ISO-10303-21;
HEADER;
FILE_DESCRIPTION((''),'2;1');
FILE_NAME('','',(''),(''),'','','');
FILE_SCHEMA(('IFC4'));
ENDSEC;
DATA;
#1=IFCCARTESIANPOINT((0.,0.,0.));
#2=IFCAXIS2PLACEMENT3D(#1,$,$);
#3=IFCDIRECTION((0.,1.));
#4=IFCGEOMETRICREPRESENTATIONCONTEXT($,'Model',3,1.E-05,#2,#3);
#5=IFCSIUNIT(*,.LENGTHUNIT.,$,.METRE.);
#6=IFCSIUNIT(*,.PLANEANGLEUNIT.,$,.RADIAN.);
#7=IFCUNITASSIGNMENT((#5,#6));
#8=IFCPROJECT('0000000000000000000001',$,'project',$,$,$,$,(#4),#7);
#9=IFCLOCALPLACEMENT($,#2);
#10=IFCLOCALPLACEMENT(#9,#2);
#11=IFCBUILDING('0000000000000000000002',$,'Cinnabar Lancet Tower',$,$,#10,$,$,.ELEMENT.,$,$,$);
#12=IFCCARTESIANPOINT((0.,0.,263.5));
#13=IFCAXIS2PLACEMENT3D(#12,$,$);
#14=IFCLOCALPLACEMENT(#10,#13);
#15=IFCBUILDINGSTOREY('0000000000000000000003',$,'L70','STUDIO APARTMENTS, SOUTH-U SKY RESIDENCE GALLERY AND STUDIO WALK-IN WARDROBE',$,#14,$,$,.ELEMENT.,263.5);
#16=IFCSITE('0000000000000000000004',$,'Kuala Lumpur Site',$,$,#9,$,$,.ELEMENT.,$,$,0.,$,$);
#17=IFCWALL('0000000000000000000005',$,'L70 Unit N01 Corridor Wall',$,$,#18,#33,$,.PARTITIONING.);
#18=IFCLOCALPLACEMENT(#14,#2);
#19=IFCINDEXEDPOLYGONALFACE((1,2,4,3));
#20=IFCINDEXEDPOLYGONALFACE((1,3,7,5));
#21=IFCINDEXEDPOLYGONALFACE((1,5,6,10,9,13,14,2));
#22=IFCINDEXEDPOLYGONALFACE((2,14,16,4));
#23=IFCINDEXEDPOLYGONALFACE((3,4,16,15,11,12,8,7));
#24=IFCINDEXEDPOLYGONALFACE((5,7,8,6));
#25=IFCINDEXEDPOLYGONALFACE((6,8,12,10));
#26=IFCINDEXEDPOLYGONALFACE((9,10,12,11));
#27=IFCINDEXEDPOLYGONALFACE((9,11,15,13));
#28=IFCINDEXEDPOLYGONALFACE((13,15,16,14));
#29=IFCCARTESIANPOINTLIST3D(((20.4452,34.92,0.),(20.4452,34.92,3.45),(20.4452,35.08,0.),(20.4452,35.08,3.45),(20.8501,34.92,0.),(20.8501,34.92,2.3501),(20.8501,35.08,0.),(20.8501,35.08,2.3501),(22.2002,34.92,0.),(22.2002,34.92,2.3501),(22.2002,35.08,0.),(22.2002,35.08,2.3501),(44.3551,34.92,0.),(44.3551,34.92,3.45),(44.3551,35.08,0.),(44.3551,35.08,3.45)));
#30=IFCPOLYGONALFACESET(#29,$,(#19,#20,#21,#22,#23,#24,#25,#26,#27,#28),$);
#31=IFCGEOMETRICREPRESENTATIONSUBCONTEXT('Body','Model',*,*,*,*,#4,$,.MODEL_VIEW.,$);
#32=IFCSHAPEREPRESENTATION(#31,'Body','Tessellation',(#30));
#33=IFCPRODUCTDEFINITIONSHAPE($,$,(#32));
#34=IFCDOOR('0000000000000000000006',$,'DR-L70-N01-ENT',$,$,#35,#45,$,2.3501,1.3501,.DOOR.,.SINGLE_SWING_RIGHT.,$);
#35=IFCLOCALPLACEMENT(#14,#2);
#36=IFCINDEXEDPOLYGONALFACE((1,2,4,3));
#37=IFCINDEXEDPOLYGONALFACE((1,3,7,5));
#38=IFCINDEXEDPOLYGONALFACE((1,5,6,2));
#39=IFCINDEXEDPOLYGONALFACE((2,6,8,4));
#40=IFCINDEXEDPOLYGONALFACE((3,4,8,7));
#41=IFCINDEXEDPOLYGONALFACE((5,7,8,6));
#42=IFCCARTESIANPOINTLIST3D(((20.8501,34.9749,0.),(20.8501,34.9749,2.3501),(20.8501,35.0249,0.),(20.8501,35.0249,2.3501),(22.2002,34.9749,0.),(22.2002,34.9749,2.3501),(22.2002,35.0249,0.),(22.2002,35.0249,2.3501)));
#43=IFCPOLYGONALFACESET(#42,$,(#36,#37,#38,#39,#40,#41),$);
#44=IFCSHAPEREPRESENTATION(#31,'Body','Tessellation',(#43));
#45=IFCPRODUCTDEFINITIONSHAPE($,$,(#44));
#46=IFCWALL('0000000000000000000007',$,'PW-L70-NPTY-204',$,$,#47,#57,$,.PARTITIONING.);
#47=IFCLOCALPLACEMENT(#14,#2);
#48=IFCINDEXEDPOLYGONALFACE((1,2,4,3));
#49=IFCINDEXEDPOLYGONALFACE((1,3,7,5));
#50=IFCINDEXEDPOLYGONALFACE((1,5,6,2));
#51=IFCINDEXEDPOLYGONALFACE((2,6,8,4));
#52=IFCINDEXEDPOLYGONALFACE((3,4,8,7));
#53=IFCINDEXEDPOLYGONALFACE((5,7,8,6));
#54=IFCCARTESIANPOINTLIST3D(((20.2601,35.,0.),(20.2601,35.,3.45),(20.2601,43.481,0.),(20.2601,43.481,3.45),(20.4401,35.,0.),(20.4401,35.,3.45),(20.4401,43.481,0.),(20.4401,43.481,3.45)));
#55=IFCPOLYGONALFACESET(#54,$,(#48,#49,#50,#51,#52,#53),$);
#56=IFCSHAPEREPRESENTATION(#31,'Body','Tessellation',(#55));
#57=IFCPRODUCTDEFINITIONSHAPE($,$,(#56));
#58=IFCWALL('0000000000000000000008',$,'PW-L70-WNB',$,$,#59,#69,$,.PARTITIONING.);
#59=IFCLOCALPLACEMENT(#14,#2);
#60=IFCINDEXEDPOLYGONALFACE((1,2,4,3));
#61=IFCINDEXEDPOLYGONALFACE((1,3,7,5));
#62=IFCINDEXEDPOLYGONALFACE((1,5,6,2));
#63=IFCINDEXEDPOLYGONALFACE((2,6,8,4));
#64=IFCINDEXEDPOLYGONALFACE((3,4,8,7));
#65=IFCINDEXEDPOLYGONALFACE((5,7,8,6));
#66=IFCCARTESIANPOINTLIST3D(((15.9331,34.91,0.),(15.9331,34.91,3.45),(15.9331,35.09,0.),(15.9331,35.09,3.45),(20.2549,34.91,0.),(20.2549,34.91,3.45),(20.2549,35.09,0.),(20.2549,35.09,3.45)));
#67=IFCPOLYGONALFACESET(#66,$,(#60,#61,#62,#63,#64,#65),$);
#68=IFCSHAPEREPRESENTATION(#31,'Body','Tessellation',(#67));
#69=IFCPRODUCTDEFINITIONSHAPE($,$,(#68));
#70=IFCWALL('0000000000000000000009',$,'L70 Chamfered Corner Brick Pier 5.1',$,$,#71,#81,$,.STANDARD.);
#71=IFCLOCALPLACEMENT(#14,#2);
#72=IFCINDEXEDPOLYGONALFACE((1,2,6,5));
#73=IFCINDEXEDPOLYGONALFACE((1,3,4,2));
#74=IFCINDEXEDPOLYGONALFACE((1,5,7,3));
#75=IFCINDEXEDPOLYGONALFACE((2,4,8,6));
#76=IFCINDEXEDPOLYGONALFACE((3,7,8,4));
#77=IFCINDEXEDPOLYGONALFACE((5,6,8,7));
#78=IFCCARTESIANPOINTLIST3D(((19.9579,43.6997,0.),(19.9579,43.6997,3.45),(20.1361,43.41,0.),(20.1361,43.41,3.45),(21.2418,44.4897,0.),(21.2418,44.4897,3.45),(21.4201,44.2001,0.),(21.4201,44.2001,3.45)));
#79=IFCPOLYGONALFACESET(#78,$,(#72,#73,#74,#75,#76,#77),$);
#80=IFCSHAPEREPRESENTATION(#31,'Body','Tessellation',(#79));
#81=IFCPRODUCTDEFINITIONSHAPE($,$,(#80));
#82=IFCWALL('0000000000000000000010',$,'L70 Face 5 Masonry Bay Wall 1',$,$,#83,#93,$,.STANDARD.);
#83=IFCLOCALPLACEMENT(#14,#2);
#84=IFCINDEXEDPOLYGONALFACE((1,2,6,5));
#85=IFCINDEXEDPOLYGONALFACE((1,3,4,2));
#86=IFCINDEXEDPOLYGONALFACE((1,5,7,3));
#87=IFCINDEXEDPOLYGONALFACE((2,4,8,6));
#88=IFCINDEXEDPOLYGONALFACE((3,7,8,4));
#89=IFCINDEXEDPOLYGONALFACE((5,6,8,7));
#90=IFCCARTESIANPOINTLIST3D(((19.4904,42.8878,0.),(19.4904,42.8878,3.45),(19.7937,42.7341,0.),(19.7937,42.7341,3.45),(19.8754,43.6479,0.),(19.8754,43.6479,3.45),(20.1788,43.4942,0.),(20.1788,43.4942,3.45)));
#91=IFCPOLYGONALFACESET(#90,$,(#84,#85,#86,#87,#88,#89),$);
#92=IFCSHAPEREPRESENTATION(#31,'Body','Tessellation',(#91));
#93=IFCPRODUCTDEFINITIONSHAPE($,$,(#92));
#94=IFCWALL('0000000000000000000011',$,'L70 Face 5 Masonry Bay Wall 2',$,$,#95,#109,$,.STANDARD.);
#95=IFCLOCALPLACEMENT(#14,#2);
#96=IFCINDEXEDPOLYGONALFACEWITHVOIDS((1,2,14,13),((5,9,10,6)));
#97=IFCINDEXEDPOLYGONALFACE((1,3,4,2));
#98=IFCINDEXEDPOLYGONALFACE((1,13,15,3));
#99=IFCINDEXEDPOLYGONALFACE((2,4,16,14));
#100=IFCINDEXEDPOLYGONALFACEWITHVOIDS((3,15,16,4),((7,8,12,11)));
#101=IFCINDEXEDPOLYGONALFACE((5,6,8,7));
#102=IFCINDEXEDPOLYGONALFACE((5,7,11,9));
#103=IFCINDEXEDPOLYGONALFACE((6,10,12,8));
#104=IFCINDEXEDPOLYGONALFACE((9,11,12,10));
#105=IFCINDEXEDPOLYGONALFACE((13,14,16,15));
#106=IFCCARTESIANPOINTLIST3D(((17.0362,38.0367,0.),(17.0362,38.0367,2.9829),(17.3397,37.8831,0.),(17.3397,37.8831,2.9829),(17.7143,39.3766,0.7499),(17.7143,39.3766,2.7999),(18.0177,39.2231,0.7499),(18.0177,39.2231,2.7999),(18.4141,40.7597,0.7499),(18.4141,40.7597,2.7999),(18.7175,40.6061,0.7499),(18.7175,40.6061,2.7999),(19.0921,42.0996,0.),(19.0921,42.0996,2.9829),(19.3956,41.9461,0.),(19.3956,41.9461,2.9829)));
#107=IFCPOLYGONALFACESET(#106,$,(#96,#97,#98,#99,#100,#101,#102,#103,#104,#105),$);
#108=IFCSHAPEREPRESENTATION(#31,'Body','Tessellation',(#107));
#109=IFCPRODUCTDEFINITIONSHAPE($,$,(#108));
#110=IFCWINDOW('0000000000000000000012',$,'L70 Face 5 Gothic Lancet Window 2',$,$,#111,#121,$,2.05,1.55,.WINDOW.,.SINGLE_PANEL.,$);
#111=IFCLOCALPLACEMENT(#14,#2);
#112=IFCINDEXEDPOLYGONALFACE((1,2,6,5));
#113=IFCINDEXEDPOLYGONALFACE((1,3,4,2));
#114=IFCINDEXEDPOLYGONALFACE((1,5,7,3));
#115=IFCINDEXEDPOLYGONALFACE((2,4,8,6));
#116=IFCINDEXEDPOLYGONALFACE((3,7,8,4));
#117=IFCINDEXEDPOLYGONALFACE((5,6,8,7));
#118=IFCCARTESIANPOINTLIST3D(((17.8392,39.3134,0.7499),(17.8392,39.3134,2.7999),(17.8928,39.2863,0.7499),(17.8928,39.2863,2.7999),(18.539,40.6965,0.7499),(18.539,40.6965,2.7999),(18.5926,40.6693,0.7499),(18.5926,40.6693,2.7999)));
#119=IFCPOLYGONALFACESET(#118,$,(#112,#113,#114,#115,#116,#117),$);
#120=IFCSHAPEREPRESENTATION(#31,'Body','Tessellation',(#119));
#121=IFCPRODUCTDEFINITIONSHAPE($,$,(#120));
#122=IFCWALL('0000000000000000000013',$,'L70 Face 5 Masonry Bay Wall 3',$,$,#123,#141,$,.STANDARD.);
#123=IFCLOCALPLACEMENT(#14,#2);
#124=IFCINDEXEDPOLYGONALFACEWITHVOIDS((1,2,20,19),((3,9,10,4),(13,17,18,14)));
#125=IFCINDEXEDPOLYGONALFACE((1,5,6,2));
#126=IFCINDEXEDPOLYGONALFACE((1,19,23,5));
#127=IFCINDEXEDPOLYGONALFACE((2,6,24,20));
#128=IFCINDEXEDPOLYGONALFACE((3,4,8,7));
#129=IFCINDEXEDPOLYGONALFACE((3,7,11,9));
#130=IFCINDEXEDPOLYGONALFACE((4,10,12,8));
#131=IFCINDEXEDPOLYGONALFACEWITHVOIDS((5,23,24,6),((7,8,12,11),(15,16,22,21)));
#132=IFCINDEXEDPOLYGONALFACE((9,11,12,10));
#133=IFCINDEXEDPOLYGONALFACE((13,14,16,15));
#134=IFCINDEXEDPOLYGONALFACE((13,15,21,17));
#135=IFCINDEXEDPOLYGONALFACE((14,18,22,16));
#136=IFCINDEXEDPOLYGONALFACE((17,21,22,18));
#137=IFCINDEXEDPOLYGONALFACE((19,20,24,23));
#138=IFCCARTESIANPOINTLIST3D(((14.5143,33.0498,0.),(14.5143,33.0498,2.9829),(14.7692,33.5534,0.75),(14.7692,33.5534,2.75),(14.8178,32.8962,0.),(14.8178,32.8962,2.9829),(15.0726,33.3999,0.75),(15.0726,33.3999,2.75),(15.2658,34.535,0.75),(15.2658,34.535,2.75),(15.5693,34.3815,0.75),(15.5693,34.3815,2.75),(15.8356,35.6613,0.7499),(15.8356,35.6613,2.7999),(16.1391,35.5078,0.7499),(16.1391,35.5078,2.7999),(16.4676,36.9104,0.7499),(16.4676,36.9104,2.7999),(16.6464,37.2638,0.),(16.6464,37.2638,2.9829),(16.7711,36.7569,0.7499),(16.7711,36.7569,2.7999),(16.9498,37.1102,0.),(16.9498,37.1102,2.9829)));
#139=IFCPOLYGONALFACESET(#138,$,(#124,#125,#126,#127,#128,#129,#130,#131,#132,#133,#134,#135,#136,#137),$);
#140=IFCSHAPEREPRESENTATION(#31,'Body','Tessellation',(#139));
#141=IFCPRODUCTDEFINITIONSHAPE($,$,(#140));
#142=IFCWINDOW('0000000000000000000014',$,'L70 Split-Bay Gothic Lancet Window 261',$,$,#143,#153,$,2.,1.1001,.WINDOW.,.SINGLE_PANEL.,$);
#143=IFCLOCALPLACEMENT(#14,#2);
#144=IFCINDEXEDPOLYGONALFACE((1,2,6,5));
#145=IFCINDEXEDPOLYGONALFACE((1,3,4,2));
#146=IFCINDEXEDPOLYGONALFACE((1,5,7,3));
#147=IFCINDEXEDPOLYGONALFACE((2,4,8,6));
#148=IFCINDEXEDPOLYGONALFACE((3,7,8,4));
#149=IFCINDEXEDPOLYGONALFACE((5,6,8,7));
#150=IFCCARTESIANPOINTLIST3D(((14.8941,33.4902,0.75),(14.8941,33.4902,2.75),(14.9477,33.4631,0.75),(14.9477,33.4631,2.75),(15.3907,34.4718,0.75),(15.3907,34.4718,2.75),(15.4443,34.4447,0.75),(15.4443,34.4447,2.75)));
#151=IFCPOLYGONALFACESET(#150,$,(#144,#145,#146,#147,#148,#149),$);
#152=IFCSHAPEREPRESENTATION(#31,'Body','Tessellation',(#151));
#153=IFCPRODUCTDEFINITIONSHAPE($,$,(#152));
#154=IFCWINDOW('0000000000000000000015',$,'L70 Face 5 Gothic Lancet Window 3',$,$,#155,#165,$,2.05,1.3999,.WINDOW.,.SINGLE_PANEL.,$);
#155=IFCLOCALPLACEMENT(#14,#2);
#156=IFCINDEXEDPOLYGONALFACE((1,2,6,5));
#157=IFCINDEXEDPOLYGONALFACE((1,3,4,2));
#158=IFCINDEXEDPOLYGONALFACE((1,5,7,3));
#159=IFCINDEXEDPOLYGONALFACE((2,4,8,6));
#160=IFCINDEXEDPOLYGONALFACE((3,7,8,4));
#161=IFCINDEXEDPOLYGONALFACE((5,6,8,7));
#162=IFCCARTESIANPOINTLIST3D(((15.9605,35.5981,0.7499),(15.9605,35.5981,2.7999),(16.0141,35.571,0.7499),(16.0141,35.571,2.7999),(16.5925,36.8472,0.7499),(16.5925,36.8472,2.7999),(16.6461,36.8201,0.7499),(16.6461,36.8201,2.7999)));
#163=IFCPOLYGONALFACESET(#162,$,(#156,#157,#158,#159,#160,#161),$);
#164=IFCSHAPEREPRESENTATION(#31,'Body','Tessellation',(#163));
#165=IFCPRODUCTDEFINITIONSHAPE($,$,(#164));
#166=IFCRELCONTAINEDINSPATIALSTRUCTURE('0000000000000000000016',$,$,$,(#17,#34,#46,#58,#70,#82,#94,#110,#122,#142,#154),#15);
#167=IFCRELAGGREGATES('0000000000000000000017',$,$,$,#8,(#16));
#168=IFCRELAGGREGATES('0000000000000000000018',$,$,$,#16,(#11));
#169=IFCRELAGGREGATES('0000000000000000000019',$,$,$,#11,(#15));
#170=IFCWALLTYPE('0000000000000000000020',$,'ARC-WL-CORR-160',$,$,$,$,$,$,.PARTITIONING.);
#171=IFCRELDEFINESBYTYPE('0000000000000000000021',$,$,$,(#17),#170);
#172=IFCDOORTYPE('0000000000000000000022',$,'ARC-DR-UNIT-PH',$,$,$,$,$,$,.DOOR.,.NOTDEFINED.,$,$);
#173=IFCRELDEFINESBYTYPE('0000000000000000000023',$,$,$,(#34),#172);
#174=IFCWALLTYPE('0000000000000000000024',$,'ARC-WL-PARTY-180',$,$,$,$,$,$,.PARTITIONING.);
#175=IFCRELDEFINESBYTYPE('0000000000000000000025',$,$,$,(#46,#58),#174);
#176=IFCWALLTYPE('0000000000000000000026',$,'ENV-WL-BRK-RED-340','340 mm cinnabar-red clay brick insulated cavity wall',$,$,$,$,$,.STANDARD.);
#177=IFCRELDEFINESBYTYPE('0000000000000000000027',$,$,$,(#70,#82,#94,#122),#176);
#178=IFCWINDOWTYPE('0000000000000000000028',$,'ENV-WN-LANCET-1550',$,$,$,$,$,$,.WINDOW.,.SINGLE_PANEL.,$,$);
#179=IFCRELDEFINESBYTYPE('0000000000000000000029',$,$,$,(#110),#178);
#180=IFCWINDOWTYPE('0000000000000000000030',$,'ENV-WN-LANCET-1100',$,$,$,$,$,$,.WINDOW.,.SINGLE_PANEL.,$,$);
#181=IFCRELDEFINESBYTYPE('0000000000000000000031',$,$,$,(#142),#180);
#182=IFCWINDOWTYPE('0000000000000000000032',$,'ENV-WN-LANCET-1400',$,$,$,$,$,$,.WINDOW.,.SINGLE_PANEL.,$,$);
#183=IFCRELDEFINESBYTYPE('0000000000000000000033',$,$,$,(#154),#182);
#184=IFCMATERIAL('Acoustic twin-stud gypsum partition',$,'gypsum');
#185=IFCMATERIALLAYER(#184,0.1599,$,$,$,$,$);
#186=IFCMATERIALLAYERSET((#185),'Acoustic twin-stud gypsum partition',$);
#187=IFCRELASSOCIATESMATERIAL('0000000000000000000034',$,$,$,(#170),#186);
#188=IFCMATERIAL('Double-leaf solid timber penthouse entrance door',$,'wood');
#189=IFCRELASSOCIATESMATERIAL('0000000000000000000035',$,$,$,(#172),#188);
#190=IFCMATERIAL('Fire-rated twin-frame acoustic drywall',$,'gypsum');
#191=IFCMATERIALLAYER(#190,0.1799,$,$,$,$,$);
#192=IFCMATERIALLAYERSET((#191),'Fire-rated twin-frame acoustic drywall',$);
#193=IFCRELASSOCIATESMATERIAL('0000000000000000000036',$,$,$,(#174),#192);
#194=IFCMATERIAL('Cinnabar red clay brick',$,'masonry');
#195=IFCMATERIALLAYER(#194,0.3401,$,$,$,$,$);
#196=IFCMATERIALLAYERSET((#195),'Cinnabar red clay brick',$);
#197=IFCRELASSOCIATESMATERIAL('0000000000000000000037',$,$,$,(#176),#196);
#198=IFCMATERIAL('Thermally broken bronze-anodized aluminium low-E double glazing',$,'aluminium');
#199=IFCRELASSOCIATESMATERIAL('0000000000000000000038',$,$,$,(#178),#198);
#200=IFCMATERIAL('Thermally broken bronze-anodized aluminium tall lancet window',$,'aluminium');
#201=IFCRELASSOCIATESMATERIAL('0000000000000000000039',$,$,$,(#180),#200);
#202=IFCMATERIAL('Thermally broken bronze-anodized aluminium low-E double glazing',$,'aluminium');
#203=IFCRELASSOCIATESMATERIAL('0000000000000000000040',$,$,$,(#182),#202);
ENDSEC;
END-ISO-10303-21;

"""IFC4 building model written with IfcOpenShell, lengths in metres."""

from ifc_helpers import new_model, si_unit, direction, frame, frame_2d, origin, place, context, subcontext, project, spatial, rectangle, extrude, material, layer, layer_set, type_object, element, fill, save


model = new_model("IFC4")

# Units and contexts
model_context = context("Model", 3, precision=1e-05, world=origin(), true_north=direction((0.0, 1.0)))
body_context = subcontext(model_context, "Body", "Model", "MODEL_VIEW")
ifc_project = project(units=[si_unit("LENGTHUNIT", "METRE"), si_unit("PLANEANGLEUNIT", "RADIAN")], contexts=[model_context])

# Site, building, storey
site_placement = place(None, origin())
site = spatial("IfcSite", under=ifc_project, at=site_placement, Name="Kuala Lumpur Site", CompositionType="ELEMENT", RefElevation=0.0)
building_placement = place(site_placement, origin())
building = spatial("IfcBuilding", under=site, at=building_placement, Name="Cinnabar Lancet Tower", CompositionType="ELEMENT")
storey_placement = place(building_placement, frame((0.0, 0.0, 263.5)))
storey = spatial("IfcBuildingStorey", under=building, at=storey_placement, Name="L70", Description="STUDIO APARTMENTS, SOUTH-U SKY RESIDENCE GALLERY AND STUDIO WALK-IN WARDROBE", CompositionType="ELEMENT", Elevation=263.5)

# Wall, opening, door
ifc_material_1 = material(Name="Acoustic twin-stud gypsum partition", Category="gypsum")
ifc_layer_1 = layer(ifc_material_1, 0.1599)
ifc_layer_set_1 = layer_set([ifc_layer_1], Name="Acoustic twin-stud gypsum partition")
wall_type_1 = type_object("IfcWallType", Name="ARC-WL-CORR-160", PredefinedType="PARTITIONING", material=ifc_layer_set_1)
wall_1_placement = place(storey_placement, frame((20.4451, 35.0, 0.0), z_axis=(0.0, 0.0, 1.0), x_axis=(1.0, 0.0, 0.0)))
wall_1 = element("IfcWall", 1, at=wall_1_placement, inside=storey, type_object=wall_type_1, Name="L70 Unit N01 Corridor Wall", PredefinedType="PARTITIONING", context=body_context, shape_type="SweptSolid", body=[
    extrude(rectangle(XDim=23.9099, YDim=0.1599, at=frame_2d((11.9551, 0.0))), origin(), (0.0, 0.0, 1.0), 3.45),
])
opening_1_placement = place(wall_1_placement, frame((0.405, 0.0, 0.0)))
opening_1 = element("IfcOpeningElement", 2, at=opening_1_placement, cuts=wall_1, PredefinedType="OPENING", context=body_context, shape_type="SweptSolid", body=[
    extrude(rectangle(XDim=1.3501, YDim=2.3501, at=frame_2d((0.675, 1.175))), frame((0.0, 0.0898, 0.0), z_axis=(0.0, -1.0, 0.0), x_axis=(1.0, 0.0, 0.0)), (0.0, 0.0, 1.0), 0.1799),
])
ifc_material_2 = material(Name="Double-leaf solid timber penthouse entrance door", Category="wood")
door_type = type_object("IfcDoorType", Name="ARC-DR-UNIT-PH", OperationType="NOTDEFINED", PredefinedType="DOOR", material=ifc_material_2)
door_placement = place(opening_1_placement, origin())
door = element("IfcDoor", 3, at=door_placement, inside=storey, type_object=door_type, Name="DR-L70-N01-ENT", OperationType="SINGLE_SWING_RIGHT", OverallHeight=2.3501, OverallWidth=1.3501, PredefinedType="DOOR", context=body_context, shape_type="SweptSolid", body=[
    extrude(rectangle(XDim=1.3501, YDim=2.3501, at=frame_2d((0.675, 1.175))), frame((0.0, 0.0249, 0.0), z_axis=(0.0, -1.0, 0.0), x_axis=(1.0, 0.0, 0.0)), (0.0, 0.0, 1.0), 0.05),
])
fill(opening_1, door)

# Walls
ifc_material_3 = material(Name="Fire-rated twin-frame acoustic drywall", Category="gypsum")
ifc_layer_2 = layer(ifc_material_3, 0.1799)
ifc_layer_set_2 = layer_set([ifc_layer_2], Name="Fire-rated twin-frame acoustic drywall")
wall_type_2 = type_object("IfcWallType", Name="ARC-WL-PARTY-180", PredefinedType="PARTITIONING", material=ifc_layer_set_2)
wall_2_placement = place(storey_placement, frame((20.3501, 35.0, 0.0), z_axis=(0.0, 0.0, 1.0), x_axis=(0.0, 1.0, 0.0)))
element("IfcWall", 4, at=wall_2_placement, inside=storey, type_object=wall_type_2, Name="PW-L70-NPTY-204", PredefinedType="PARTITIONING", context=body_context, shape_type="SweptSolid", body=[
    extrude(rectangle(XDim=8.481, YDim=0.1799, at=frame_2d((4.2405, 0.0))), origin(), (0.0, 0.0, 1.0), 3.45),
])
wall_3_placement = place(storey_placement, frame((15.9331, 35.0, 0.0), z_axis=(0.0, 0.0, 1.0), x_axis=(1.0, 0.0, 0.0)))
element("IfcWall", 5, at=wall_3_placement, inside=storey, type_object=wall_type_2, Name="PW-L70-WNB", PredefinedType="PARTITIONING", context=body_context, shape_type="SweptSolid", body=[
    extrude(rectangle(XDim=4.3218, YDim=0.1799, at=frame_2d((2.1609, 0.0))), origin(), (0.0, 0.0, 1.0), 3.45),
])
ifc_material_4 = material(Name="Cinnabar red clay brick", Category="masonry")
ifc_layer_3 = layer(ifc_material_4, 0.3401)
ifc_layer_set_3 = layer_set([ifc_layer_3], Name="Cinnabar red clay brick")
wall_type_3 = type_object("IfcWallType", Name="ENV-WL-BRK-RED-340", Description="340 mm cinnabar-red clay brick insulated cavity wall", PredefinedType="STANDARD", material=ifc_layer_set_3)
wall_4_placement = place(storey_placement, frame((21.3311, 44.345, 0.0), z_axis=(0.0, 0.0, 1.0), x_axis=(-0.851681, -0.524061, 0.0)))
element("IfcWall", 6, at=wall_4_placement, inside=storey, type_object=wall_type_3, Name="L70 Chamfered Corner Brick Pier 5.1", PredefinedType="STANDARD", context=body_context, shape_type="SweptSolid", body=[
    extrude(rectangle(XDim=1.5076, YDim=0.3401, at=frame_2d((0.7539, 0.0))), origin(), (0.0, 0.0, 1.0), 3.45),
])
wall_5_placement = place(storey_placement, frame((20.0271, 43.571, 0.0), z_axis=(0.0, 0.0, 1.0), x_axis=(-0.451907, -0.892065, 0.0)))
element("IfcWall", 7, at=wall_5_placement, inside=storey, type_object=wall_type_3, Name="L70 Face 5 Masonry Bay Wall 1", PredefinedType="STANDARD", context=body_context, shape_type="SweptSolid", body=[
    extrude(rectangle(XDim=0.8521, YDim=0.3401, at=frame_2d((0.426, 0.0))), origin(), (0.0, 0.0, 1.0), 3.45),
])

# Wall, opening, window
wall_6_placement = place(storey_placement, frame((19.2439, 42.0229, 0.0), z_axis=(0.0, 0.0, 1.0), x_axis=(-0.451498, -0.892272, 0.0)))
wall_6 = element("IfcWall", 8, at=wall_6_placement, inside=storey, type_object=wall_type_3, Name="L70 Face 5 Masonry Bay Wall 2", PredefinedType="STANDARD", context=body_context, shape_type="SweptSolid", body=[
    extrude(rectangle(XDim=4.5535, YDim=0.3401, at=frame_2d((2.2769, 0.0))), origin(), (0.0, 0.0, 1.0), 2.9829),
])
opening_2_placement = place(wall_6_placement, frame((1.502, 0.0, 0.75)))
opening_2 = element("IfcOpeningElement", 9, at=opening_2_placement, cuts=wall_6, PredefinedType="OPENING", context=body_context, shape_type="SweptSolid", body=[
    extrude(rectangle(XDim=1.55, YDim=2.05, at=frame_2d((0.7749, 1.0249))), frame((0.0, 0.1799, 0.0), z_axis=(0.0, -1.0, 0.0), x_axis=(1.0, 0.0, 0.0)), (0.0, 0.0, 1.0), 0.3601),
])
ifc_material_5 = material(Name="Thermally broken bronze-anodized aluminium low-E double glazing", Category="aluminium")
window_type_1 = type_object("IfcWindowType", Name="ENV-WN-LANCET-1550", PartitioningType="SINGLE_PANEL", PredefinedType="WINDOW", material=ifc_material_5)
window_1_placement = place(opening_2_placement, origin())
window_1 = element("IfcWindow", 10, at=window_1_placement, inside=storey, type_object=window_type_1, Name="L70 Face 5 Gothic Lancet Window 2", OverallHeight=2.05, OverallWidth=1.55, PartitioningType="SINGLE_PANEL", PredefinedType="WINDOW", context=body_context, shape_type="SweptSolid", body=[
    extrude(rectangle(XDim=1.55, YDim=2.05, at=frame_2d((0.7749, 1.0249))), frame((0.0, 0.03, 0.0), z_axis=(0.0, -1.0, 0.0), x_axis=(1.0, 0.0, 0.0)), (0.0, 0.0, 1.0), 0.0601),
])
fill(opening_2, window_1)

# Wall, openings, windows
wall_7_placement = place(storey_placement, frame((16.7981, 37.187, 0.0), z_axis=(0.0, 0.0, 1.0), x_axis=(-0.451448, -0.892298, 0.0)))
wall_7 = element("IfcWall", 11, at=wall_7_placement, inside=storey, type_object=wall_type_3, Name="L70 Face 5 Masonry Bay Wall 3", PredefinedType="STANDARD", context=body_context, shape_type="SweptSolid", body=[
    extrude(rectangle(XDim=4.7227, YDim=0.3401, at=frame_2d((2.3613, 0.0))), origin(), (0.0, 0.0, 1.0), 2.9829),
])
opening_3_placement = place(wall_7_placement, frame((0.396, 0.0, 0.75)))
opening_3 = element("IfcOpeningElement", 12, at=opening_3_placement, cuts=wall_7, PredefinedType="OPENING", context=body_context, shape_type="SweptSolid", body=[
    extrude(rectangle(XDim=1.3999, YDim=2.05, at=frame_2d((0.7, 1.0249))), frame((0.0, 0.1799, 0.0), z_axis=(0.0, -1.0, 0.0), x_axis=(1.0, 0.0, 0.0)), (0.0, 0.0, 1.0), 0.3601),
])
opening_4_placement = place(wall_7_placement, frame((3.0581, 0.0, 0.75)))
opening_4 = element("IfcOpeningElement", 13, at=opening_4_placement, cuts=wall_7, PredefinedType="OPENING", context=body_context, shape_type="SweptSolid", body=[
    extrude(rectangle(XDim=1.1001, YDim=2.0, at=frame_2d((0.55, 1.0))), frame((0.0, 0.1799, 0.0), z_axis=(0.0, -1.0, 0.0), x_axis=(1.0, 0.0, 0.0)), (0.0, 0.0, 1.0), 0.3601),
])
ifc_material_6 = material(Name="Thermally broken bronze-anodized aluminium tall lancet window", Category="aluminium")
window_type_2 = type_object("IfcWindowType", Name="ENV-WN-LANCET-1100", PartitioningType="SINGLE_PANEL", PredefinedType="WINDOW", material=ifc_material_6)
window_2_placement = place(opening_4_placement, origin())
window_2 = element("IfcWindow", 14, at=window_2_placement, inside=storey, type_object=window_type_2, Name="L70 Split-Bay Gothic Lancet Window 261", OverallHeight=2.0, OverallWidth=1.1001, PartitioningType="SINGLE_PANEL", PredefinedType="WINDOW", context=body_context, shape_type="SweptSolid", body=[
    extrude(rectangle(XDim=1.1001, YDim=2.0, at=frame_2d((0.55, 1.0))), frame((0.0, 0.03, 0.0), z_axis=(0.0, -1.0, 0.0), x_axis=(1.0, 0.0, 0.0)), (0.0, 0.0, 1.0), 0.0601),
])
fill(opening_4, window_2)
ifc_material_7 = material(Name="Thermally broken bronze-anodized aluminium low-E double glazing", Category="aluminium")
window_type_3 = type_object("IfcWindowType", Name="ENV-WN-LANCET-1400", PartitioningType="SINGLE_PANEL", PredefinedType="WINDOW", material=ifc_material_7)
window_3_placement = place(opening_3_placement, origin())
window_3 = element("IfcWindow", 15, at=window_3_placement, inside=storey, type_object=window_type_3, Name="L70 Face 5 Gothic Lancet Window 3", OverallHeight=2.05, OverallWidth=1.3999, PartitioningType="SINGLE_PANEL", PredefinedType="WINDOW", context=body_context, shape_type="SweptSolid", body=[
    extrude(rectangle(XDim=1.3999, YDim=2.05, at=frame_2d((0.7, 1.0249))), frame((0.0, 0.03, 0.0), z_axis=(0.0, -1.0, 0.0), x_axis=(1.0, 0.0, 0.0)), (0.0, 0.0, 1.0), 0.0601),
])
fill(opening_3, window_3)

save(model, "model.ifc")
